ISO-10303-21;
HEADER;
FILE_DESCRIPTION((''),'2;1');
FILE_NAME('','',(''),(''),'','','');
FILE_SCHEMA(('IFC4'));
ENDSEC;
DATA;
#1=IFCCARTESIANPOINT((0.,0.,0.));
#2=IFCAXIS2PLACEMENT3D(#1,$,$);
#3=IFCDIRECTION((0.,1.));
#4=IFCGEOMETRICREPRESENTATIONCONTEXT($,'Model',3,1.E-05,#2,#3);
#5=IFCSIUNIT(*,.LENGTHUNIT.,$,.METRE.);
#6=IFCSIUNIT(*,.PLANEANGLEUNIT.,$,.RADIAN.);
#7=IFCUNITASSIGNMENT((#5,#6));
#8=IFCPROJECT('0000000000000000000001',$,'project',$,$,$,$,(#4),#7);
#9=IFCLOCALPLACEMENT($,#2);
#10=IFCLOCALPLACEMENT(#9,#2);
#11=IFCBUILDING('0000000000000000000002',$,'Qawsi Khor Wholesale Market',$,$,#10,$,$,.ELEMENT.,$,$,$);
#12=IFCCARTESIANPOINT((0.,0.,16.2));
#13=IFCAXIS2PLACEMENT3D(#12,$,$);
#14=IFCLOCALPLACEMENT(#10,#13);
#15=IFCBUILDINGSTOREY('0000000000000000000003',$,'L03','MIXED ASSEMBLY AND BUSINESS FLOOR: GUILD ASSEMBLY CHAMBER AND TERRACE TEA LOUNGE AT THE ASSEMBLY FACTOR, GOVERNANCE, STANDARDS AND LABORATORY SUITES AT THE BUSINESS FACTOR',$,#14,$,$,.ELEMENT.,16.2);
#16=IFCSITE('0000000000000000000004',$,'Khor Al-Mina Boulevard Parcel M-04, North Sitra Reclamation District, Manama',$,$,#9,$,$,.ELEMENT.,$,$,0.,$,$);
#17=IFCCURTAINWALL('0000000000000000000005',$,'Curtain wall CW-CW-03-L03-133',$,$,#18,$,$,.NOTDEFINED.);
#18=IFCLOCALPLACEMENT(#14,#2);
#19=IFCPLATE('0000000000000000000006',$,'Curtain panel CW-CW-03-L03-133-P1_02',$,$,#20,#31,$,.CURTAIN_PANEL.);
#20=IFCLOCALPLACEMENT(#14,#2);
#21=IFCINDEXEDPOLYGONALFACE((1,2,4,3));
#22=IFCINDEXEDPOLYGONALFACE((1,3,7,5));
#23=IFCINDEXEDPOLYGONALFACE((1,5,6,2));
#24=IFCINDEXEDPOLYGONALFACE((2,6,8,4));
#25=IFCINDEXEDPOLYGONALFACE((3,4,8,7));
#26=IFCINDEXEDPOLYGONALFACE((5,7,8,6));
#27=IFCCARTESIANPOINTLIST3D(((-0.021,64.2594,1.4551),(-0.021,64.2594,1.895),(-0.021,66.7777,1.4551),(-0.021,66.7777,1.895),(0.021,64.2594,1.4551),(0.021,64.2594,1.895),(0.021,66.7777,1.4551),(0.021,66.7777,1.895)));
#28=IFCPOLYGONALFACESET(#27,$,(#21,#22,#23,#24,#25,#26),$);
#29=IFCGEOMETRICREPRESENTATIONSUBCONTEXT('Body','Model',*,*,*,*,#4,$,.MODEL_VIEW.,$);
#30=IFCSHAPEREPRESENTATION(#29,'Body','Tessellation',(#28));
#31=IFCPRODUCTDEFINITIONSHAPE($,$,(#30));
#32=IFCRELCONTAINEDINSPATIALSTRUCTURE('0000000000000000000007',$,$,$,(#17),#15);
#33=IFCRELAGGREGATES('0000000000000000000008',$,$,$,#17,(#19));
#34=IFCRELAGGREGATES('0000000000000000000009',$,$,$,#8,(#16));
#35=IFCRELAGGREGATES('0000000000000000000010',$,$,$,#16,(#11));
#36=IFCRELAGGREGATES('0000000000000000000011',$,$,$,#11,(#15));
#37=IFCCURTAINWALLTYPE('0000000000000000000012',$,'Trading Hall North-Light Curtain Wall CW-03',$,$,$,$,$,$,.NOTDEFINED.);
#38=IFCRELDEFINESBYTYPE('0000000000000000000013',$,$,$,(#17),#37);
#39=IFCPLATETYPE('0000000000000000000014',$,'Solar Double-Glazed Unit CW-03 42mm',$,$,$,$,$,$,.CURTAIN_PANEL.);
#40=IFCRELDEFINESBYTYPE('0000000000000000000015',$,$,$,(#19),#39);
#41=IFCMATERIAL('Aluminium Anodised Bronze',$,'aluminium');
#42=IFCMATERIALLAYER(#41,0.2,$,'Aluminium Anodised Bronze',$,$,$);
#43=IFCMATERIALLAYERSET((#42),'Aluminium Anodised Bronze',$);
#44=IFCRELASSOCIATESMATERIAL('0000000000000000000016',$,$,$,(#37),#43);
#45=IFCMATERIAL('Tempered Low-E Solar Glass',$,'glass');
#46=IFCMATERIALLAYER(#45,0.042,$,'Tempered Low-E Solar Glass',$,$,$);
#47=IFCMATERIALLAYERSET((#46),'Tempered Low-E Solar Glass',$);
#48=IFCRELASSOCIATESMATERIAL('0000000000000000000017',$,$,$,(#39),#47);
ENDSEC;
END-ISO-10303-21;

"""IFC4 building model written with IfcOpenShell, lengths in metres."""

from ifc_helpers import new_model, si_unit, direction, frame, frame_2d, origin, place, context, subcontext, project, spatial, rectangle, extrude, material, layer, layer_set, type_object, element, aggregate, save


model = new_model("IFC4")

# Units and contexts
model_context = context("Model", 3, precision=1e-05, world=origin(), true_north=direction((0.0, 1.0)))
body_context = subcontext(model_context, "Body", "Model", "MODEL_VIEW")
ifc_project = project(units=[si_unit("LENGTHUNIT", "METRE"), si_unit("PLANEANGLEUNIT", "RADIAN")], contexts=[model_context])

# Site, building, storey
site_placement = place(None, origin())
site = spatial("IfcSite", under=ifc_project, at=site_placement, Name="Khor Al-Mina Boulevard Parcel M-04, North Sitra Reclamation District, Manama", CompositionType="ELEMENT", RefElevation=0.0)
building_placement = place(site_placement, origin())
building = spatial("IfcBuilding", under=site, at=building_placement, Name="Qawsi Khor Wholesale Market", CompositionType="ELEMENT")
storey_placement = place(building_placement, frame((0.0, 0.0, 16.2)))
storey = spatial("IfcBuildingStorey", under=building, at=storey_placement, Name="L03", Description="MIXED ASSEMBLY AND BUSINESS FLOOR: GUILD ASSEMBLY CHAMBER AND TERRACE TEA LOUNGE AT THE ASSEMBLY FACTOR, GOVERNANCE, STANDARDS AND LABORATORY SUITES AT THE BUSINESS FACTOR", CompositionType="ELEMENT", Elevation=16.2)

# Curtain wall
ifc_material_1 = material(Name="Aluminium Anodised Bronze", Category="aluminium")
ifc_layer_1 = layer(ifc_material_1, 0.2, Name="Aluminium Anodised Bronze")
ifc_layer_set_1 = layer_set([ifc_layer_1], Name="Aluminium Anodised Bronze")
curtain_wall_type = type_object("IfcCurtainWallType", Name="Trading Hall North-Light Curtain Wall CW-03", PredefinedType="NOTDEFINED", material=ifc_layer_set_1)
curtain_wall_placement = place(storey_placement, origin())
curtain_wall = element("IfcCurtainWall", 1, at=curtain_wall_placement, inside=storey, type_object=curtain_wall_type, Name="Curtain wall CW-CW-03-L03-133", PredefinedType="NOTDEFINED")

# Plate
ifc_material_2 = material(Name="Tempered Low-E Solar Glass", Category="glass")
ifc_layer_2 = layer(ifc_material_2, 0.042, Name="Tempered Low-E Solar Glass")
ifc_layer_set_2 = layer_set([ifc_layer_2], Name="Tempered Low-E Solar Glass")
plate_type = type_object("IfcPlateType", Name="Solar Double-Glazed Unit CW-03 42mm", PredefinedType="CURTAIN_PANEL", material=ifc_layer_set_2)
plate_1_placement = place(storey_placement, frame((0.0, 64.2593, 1.4551), z_axis=(0.0, 0.0, 1.0), x_axis=(0.0, 1.0, 0.0)))
plate_1 = element("IfcPlate", 2, at=plate_1_placement, type_object=plate_type, Name="Curtain panel CW-CW-03-L03-133-P1_02", PredefinedType="CURTAIN_PANEL", context=body_context, shape_type="SweptSolid", body=[
    extrude(rectangle(XDim=2.5183, YDim=0.042, at=frame_2d((1.2593, 0.0))), origin(), (0.0, 0.0, 1.0), 0.4399),
])
aggregate(curtain_wall, [plate_1])

save(model, "model.ifc")
